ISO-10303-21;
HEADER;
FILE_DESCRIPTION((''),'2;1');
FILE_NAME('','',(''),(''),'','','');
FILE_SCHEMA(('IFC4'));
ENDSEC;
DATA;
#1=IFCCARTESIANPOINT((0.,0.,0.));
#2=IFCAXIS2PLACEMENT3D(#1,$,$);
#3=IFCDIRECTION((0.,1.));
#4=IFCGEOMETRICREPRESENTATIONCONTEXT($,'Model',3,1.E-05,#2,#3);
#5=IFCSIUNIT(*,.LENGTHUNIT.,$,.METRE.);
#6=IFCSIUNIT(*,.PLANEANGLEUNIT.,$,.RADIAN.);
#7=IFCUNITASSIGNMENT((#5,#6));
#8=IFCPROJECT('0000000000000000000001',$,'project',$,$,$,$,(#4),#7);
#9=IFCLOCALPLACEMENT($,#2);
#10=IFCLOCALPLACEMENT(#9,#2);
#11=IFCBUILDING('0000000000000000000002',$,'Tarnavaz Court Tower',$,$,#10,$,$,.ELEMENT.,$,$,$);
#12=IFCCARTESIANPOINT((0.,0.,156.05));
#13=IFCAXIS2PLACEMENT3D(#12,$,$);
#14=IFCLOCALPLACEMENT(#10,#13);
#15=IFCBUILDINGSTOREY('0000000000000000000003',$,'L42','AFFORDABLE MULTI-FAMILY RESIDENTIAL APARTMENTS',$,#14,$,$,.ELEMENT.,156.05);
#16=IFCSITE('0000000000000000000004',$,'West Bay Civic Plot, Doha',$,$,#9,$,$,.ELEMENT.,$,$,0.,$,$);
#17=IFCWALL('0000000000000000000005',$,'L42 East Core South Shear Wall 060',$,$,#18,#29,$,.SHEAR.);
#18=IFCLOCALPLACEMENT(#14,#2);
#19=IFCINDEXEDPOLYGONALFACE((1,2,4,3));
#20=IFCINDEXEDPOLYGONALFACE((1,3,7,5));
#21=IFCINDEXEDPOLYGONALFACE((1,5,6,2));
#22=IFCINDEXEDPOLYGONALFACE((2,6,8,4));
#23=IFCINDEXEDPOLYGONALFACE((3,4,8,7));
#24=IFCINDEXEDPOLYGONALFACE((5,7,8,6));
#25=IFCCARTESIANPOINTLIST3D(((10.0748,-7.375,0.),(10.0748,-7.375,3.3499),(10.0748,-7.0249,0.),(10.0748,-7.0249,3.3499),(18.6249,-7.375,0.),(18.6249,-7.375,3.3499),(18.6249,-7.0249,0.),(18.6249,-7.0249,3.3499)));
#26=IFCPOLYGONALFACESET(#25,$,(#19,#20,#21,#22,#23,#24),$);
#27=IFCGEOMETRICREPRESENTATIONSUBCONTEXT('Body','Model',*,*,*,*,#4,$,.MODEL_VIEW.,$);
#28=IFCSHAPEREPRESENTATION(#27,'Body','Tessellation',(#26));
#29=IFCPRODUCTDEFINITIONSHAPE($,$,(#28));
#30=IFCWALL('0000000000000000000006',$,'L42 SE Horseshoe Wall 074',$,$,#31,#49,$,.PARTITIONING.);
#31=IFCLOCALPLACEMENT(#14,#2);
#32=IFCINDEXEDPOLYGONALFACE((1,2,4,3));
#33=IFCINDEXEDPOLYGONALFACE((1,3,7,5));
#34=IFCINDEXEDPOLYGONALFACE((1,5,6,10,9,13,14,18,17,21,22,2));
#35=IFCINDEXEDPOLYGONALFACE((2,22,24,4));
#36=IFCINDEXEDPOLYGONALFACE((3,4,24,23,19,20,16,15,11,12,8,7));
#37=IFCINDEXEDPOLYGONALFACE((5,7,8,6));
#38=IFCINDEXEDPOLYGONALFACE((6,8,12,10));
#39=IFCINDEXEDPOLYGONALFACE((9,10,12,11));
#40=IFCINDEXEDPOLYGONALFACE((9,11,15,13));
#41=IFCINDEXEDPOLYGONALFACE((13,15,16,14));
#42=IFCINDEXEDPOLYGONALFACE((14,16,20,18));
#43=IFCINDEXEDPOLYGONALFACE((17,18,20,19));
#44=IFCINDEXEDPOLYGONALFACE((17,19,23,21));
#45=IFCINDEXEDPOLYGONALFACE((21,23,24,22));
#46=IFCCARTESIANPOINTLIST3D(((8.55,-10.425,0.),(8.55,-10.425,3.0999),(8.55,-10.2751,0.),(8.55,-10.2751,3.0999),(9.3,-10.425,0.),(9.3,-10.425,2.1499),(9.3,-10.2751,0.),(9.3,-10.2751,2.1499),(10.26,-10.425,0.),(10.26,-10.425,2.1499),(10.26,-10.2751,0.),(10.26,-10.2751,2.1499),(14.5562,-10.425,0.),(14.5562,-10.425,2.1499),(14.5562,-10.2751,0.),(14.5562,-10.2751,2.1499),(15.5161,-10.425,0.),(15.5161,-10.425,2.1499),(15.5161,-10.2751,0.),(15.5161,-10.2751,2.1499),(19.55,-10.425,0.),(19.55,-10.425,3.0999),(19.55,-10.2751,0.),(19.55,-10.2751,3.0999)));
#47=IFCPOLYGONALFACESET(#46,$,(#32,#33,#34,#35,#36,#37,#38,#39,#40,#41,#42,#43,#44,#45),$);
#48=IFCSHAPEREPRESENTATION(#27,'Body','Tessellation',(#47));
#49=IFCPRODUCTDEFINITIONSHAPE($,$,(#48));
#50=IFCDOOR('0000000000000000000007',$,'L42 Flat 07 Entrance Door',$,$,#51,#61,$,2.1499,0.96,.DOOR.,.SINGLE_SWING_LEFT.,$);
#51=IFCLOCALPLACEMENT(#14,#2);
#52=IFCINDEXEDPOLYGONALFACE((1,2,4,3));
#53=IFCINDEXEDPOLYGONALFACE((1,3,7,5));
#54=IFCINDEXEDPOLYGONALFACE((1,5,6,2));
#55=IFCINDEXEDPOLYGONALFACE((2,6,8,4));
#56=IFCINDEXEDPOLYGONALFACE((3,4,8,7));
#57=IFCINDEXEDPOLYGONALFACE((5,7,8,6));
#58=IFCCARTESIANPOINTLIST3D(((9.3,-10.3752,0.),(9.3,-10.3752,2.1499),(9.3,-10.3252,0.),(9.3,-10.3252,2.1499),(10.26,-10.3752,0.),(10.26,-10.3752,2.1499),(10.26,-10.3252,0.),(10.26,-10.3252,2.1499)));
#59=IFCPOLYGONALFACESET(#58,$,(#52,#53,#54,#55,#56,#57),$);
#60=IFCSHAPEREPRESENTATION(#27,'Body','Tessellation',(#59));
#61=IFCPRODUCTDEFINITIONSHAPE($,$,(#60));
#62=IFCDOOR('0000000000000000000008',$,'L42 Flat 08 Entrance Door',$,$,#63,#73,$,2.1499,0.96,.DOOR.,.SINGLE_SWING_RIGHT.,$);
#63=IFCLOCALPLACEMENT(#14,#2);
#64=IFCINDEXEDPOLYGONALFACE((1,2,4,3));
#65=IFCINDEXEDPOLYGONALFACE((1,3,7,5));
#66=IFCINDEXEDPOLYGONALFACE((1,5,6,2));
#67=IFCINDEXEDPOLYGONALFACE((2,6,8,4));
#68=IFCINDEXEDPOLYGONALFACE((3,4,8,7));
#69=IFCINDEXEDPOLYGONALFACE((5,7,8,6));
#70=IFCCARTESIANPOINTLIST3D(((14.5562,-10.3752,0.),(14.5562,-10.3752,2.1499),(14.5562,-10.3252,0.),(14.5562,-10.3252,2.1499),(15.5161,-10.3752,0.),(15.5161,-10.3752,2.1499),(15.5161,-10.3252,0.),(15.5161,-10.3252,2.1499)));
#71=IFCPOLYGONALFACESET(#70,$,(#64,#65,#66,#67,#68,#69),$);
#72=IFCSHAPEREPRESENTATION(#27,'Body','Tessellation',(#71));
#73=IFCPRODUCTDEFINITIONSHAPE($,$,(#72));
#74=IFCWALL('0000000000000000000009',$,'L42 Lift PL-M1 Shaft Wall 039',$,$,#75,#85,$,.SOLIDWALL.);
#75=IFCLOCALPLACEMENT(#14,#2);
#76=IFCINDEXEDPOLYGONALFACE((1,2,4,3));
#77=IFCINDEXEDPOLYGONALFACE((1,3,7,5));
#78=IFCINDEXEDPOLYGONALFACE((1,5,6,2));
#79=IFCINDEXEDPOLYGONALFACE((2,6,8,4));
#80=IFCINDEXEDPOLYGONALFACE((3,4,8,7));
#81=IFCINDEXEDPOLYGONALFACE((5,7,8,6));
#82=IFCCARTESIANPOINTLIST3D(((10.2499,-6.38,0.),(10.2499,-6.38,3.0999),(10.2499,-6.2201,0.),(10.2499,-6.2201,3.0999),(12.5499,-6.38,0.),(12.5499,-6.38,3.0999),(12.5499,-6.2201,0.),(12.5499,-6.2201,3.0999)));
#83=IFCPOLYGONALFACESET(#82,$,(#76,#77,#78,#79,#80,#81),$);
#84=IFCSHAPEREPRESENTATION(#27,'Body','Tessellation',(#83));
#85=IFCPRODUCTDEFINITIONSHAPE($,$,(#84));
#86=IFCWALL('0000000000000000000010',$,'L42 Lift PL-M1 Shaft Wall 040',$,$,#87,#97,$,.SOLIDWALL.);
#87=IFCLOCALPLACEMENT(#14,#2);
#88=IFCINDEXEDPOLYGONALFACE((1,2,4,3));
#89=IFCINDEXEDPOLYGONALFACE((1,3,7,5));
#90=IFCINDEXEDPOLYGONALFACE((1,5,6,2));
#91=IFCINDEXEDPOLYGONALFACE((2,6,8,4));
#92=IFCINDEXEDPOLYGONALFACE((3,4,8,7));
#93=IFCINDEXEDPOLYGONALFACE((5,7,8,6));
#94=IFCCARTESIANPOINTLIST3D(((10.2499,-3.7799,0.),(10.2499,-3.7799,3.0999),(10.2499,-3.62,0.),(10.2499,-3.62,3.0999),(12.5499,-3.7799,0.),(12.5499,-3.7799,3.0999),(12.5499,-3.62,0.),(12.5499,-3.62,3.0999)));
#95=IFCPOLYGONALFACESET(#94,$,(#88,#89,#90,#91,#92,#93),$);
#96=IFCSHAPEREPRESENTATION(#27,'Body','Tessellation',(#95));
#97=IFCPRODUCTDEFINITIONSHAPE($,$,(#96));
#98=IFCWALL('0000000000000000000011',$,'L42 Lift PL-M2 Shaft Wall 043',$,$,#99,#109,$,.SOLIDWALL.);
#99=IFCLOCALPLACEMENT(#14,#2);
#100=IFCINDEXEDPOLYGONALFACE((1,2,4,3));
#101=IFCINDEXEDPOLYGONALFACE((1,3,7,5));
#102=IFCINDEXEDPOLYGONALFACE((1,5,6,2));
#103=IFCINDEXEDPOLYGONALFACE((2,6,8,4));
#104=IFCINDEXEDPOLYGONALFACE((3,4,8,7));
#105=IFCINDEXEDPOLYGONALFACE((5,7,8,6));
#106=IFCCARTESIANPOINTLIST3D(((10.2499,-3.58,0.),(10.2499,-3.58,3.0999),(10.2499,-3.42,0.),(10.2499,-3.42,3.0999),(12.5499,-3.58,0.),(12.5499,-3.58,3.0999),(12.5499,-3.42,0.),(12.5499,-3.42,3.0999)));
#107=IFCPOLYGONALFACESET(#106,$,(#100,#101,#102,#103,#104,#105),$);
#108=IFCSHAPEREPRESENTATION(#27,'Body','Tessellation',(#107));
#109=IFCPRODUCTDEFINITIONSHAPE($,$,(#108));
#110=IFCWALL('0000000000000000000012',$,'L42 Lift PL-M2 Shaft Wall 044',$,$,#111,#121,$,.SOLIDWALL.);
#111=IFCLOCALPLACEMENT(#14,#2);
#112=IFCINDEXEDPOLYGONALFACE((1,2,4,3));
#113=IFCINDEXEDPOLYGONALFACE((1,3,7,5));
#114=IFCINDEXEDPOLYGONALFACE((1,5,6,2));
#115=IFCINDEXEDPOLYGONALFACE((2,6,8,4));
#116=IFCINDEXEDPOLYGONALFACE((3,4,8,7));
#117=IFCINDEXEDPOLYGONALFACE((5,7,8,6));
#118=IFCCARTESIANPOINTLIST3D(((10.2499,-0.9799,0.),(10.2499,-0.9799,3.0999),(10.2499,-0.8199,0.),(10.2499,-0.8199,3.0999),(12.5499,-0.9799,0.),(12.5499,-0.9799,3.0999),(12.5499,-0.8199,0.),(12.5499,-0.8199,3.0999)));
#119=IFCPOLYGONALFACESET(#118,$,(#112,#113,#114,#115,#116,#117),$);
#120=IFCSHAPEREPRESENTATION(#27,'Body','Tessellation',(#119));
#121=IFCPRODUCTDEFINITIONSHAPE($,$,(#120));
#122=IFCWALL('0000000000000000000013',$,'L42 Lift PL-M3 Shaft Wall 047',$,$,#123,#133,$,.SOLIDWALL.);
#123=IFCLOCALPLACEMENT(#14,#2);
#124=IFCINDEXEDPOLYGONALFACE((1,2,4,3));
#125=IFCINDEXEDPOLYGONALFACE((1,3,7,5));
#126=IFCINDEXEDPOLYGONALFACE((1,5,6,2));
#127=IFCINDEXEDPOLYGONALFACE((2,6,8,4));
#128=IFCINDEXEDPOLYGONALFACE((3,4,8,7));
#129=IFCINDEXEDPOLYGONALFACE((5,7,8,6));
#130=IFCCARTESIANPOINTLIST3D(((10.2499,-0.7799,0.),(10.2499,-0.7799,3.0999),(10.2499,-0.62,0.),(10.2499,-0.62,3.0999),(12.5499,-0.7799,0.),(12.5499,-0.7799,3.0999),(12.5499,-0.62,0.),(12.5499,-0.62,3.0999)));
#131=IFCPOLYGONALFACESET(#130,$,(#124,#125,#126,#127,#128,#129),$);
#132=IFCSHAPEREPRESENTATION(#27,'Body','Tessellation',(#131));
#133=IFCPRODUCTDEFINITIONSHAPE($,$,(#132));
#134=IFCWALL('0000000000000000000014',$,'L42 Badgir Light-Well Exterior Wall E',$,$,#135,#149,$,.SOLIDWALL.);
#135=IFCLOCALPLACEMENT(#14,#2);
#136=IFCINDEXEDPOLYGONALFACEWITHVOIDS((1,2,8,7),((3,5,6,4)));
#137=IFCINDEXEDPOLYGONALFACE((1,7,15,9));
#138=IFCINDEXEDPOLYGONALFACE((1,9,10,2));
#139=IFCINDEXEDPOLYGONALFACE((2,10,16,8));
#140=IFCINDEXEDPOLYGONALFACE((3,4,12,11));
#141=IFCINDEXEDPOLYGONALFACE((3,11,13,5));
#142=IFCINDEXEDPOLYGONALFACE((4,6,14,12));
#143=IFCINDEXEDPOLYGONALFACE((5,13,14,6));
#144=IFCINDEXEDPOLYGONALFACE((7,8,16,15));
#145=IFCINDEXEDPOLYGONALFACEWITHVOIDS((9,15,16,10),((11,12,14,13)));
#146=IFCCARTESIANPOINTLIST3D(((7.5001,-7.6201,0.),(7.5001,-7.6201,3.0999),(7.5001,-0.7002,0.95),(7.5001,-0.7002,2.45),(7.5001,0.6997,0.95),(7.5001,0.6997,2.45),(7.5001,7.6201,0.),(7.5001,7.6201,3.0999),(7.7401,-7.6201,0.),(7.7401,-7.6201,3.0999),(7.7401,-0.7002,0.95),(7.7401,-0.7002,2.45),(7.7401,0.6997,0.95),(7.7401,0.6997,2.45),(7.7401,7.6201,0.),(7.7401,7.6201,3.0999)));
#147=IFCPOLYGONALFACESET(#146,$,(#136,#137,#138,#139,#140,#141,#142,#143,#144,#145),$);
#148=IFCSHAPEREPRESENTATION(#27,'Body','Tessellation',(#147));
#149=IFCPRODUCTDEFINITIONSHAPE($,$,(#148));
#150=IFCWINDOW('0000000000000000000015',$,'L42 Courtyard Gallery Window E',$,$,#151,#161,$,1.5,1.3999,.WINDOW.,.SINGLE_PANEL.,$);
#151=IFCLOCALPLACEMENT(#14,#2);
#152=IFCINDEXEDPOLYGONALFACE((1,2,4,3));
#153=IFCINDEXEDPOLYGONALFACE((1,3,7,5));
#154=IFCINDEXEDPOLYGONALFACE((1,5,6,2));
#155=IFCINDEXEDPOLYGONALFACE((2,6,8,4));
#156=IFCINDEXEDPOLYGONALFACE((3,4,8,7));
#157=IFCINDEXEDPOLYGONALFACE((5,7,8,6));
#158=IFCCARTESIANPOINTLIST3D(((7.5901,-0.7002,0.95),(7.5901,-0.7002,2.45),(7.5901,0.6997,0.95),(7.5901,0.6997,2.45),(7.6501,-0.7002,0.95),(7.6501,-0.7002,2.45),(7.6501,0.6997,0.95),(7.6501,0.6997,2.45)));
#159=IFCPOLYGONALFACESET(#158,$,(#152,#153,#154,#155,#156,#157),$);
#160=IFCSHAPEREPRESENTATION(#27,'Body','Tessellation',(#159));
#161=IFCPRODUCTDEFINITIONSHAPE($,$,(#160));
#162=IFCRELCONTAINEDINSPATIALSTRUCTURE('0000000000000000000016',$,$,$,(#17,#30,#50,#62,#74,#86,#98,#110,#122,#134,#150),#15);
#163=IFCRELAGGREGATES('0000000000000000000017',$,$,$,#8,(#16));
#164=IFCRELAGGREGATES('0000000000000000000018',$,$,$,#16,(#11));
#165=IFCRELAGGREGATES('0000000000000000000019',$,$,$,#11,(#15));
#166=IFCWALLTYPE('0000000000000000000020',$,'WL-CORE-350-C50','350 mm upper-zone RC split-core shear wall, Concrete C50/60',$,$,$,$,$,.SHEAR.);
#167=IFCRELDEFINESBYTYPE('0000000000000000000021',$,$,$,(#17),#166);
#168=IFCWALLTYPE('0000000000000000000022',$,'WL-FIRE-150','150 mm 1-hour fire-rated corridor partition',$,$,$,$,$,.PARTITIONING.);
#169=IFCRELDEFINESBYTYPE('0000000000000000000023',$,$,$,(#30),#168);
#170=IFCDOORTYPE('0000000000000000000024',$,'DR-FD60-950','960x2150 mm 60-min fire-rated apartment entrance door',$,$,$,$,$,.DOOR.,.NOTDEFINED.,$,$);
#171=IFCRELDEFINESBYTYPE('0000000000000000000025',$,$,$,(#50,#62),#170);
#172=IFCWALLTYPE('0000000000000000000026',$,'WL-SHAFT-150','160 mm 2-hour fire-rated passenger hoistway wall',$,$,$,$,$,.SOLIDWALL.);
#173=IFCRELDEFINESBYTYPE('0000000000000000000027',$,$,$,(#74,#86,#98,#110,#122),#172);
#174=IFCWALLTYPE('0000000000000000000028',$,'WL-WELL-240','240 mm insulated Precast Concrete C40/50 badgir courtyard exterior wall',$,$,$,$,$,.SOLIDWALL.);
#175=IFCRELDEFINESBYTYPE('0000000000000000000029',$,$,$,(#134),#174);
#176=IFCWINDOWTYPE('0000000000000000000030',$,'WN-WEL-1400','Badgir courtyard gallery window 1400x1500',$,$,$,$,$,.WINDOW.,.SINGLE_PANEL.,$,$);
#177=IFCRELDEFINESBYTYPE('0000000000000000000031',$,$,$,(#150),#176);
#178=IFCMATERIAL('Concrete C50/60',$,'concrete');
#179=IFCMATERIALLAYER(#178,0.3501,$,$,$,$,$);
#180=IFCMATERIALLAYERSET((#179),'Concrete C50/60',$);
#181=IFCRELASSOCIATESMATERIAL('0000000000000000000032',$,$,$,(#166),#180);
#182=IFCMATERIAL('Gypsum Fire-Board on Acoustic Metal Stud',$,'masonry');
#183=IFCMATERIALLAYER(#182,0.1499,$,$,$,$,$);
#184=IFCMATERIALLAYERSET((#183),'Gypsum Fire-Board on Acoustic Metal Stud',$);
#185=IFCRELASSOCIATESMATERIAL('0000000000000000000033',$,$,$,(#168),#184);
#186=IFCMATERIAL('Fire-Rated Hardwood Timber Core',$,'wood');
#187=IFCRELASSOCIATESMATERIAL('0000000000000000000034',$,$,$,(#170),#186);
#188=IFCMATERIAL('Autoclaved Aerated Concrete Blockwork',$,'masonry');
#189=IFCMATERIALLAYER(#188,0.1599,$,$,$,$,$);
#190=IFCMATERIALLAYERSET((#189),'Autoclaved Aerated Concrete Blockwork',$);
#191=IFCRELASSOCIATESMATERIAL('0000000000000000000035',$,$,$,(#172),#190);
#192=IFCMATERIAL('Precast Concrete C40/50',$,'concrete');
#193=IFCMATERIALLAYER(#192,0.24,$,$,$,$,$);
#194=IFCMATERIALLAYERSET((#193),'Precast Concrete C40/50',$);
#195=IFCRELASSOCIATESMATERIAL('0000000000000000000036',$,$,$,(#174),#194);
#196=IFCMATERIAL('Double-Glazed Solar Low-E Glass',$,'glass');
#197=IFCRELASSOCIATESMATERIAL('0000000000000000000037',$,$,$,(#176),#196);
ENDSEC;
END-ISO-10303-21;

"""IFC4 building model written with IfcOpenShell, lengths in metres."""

from ifc_helpers import new_model, si_unit, direction, frame, frame_2d, origin, place, context, subcontext, project, spatial, rectangle, extrude, material, layer, layer_set, type_object, element, fill, save


model = new_model("IFC4")

# Units and contexts
model_context = context("Model", 3, precision=1e-05, world=origin(), true_north=direction((0.0, 1.0)))
body_context = subcontext(model_context, "Body", "Model", "MODEL_VIEW")
ifc_project = project(units=[si_unit("LENGTHUNIT", "METRE"), si_unit("PLANEANGLEUNIT", "RADIAN")], contexts=[model_context])

# Site, building, storey
site_placement = place(None, origin())
site = spatial("IfcSite", under=ifc_project, at=site_placement, Name="West Bay Civic Plot, Doha", CompositionType="ELEMENT", RefElevation=0.0)
building_placement = place(site_placement, origin())
building = spatial("IfcBuilding", under=site, at=building_placement, Name="Tarnavaz Court Tower", CompositionType="ELEMENT")
storey_placement = place(building_placement, frame((0.0, 0.0, 156.05)))
storey = spatial("IfcBuildingStorey", under=building, at=storey_placement, Name="L42", Description="AFFORDABLE MULTI-FAMILY RESIDENTIAL APARTMENTS", CompositionType="ELEMENT", Elevation=156.05)

# Wall
ifc_material_1 = material(Name="Concrete C50/60", Category="concrete")
ifc_layer_1 = layer(ifc_material_1, 0.3501)
ifc_layer_set_1 = layer_set([ifc_layer_1], Name="Concrete C50/60")
wall_type_1 = type_object("IfcWallType", Name="WL-CORE-350-C50", Description="350 mm upper-zone RC split-core shear wall, Concrete C50/60", PredefinedType="SHEAR", material=ifc_layer_set_1)
wall_1_placement = place(storey_placement, frame((10.075, -7.2, 0.0), z_axis=(0.0, 0.0, 1.0), x_axis=(1.0, 0.0, 0.0)))
element("IfcWall", 1, at=wall_1_placement, inside=storey, type_object=wall_type_1, Name="L42 East Core South Shear Wall 060", PredefinedType="SHEAR", context=body_context, shape_type="SweptSolid", body=[
    extrude(rectangle(XDim=8.55, YDim=0.3501, at=frame_2d((4.2749, 0.0))), origin(), (0.0, 0.0, 1.0), 3.3499),
])

# Wall, openings, doors
ifc_material_2 = material(Name="Gypsum Fire-Board on Acoustic Metal Stud", Category="masonry")
ifc_layer_2 = layer(ifc_material_2, 0.1499)
ifc_layer_set_2 = layer_set([ifc_layer_2], Name="Gypsum Fire-Board on Acoustic Metal Stud")
wall_type_2 = type_object("IfcWallType", Name="WL-FIRE-150", Description="150 mm 1-hour fire-rated corridor partition", PredefinedType="PARTITIONING", material=ifc_layer_set_2)
wall_2_placement = place(storey_placement, frame((8.55, -10.3501, 0.0), z_axis=(0.0, 0.0, 1.0), x_axis=(1.0, 0.0, 0.0)))
wall_2 = element("IfcWall", 2, at=wall_2_placement, inside=storey, type_object=wall_type_2, Name="L42 SE Horseshoe Wall 074", PredefinedType="PARTITIONING", context=body_context, shape_type="SweptSolid", body=[
    extrude(rectangle(XDim=11.0, YDim=0.1499, at=frame_2d((5.5, 0.0))), origin(), (0.0, 0.0, 1.0), 3.0999),
])
opening_1_placement = place(wall_2_placement, frame((0.75, 0.0, 0.0)))
opening_1 = element("IfcOpeningElement", 3, at=opening_1_placement, cuts=wall_2, PredefinedType="OPENING", context=body_context, shape_type="SweptSolid", body=[
    extrude(rectangle(XDim=0.96, YDim=2.1499, at=frame_2d((0.48, 1.075))), frame((0.0, 0.085, 0.0), z_axis=(0.0, -1.0, 0.0), x_axis=(1.0, 0.0, 0.0)), (0.0, 0.0, 1.0), 0.1699),
])
opening_2_placement = place(wall_2_placement, frame((6.0061, 0.0, 0.0)))
opening_2 = element("IfcOpeningElement", 4, at=opening_2_placement, cuts=wall_2, PredefinedType="OPENING", context=body_context, shape_type="SweptSolid", body=[
    extrude(rectangle(XDim=0.96, YDim=2.1499, at=frame_2d((0.48, 1.075))), frame((0.0, 0.085, 0.0), z_axis=(0.0, -1.0, 0.0), x_axis=(1.0, 0.0, 0.0)), (0.0, 0.0, 1.0), 0.1699),
])
ifc_material_3 = material(Name="Fire-Rated Hardwood Timber Core", Category="wood")
door_type_1 = type_object("IfcDoorType", Name="DR-FD60-950", Description="960x2150 mm 60-min fire-rated apartment entrance door", OperationType="NOTDEFINED", PredefinedType="DOOR", material=ifc_material_3)
door_1_placement = place(opening_1_placement, origin())
door_1 = element("IfcDoor", 5, at=door_1_placement, inside=storey, type_object=door_type_1, Name="L42 Flat 07 Entrance Door", OperationType="SINGLE_SWING_LEFT", OverallHeight=2.1499, OverallWidth=0.96, PredefinedType="DOOR", context=body_context, shape_type="SweptSolid", body=[
    extrude(rectangle(XDim=0.96, YDim=2.1499, at=frame_2d((0.48, 1.075))), frame((0.0, 0.0249, 0.0), z_axis=(0.0, -1.0, 0.0), x_axis=(1.0, 0.0, 0.0)), (0.0, 0.0, 1.0), 0.05),
])
fill(opening_1, door_1)
door_2_placement = place(opening_2_placement, origin())
door_2 = element("IfcDoor", 6, at=door_2_placement, inside=storey, type_object=door_type_1, Name="L42 Flat 08 Entrance Door", OperationType="SINGLE_SWING_RIGHT", OverallHeight=2.1499, OverallWidth=0.96, PredefinedType="DOOR", context=body_context, shape_type="SweptSolid", body=[
    extrude(rectangle(XDim=0.96, YDim=2.1499, at=frame_2d((0.48, 1.075))), frame((0.0, 0.0249, 0.0), z_axis=(0.0, -1.0, 0.0), x_axis=(1.0, 0.0, 0.0)), (0.0, 0.0, 1.0), 0.05),
])
fill(opening_2, door_2)

# Shared definitions
ifc_material_4 = material(Name="Autoclaved Aerated Concrete Blockwork", Category="masonry")
ifc_layer_3 = layer(ifc_material_4, 0.1599)
ifc_layer_set_3 = layer_set([ifc_layer_3], Name="Autoclaved Aerated Concrete Blockwork")
wall_type_3 = type_object("IfcWallType", Name="WL-SHAFT-150", Description="160 mm 2-hour fire-rated passenger hoistway wall", PredefinedType="SOLIDWALL", material=ifc_layer_set_3)

# Walls
for number, where, z_axis, x_axis, name in (
    (7, (10.25, -6.3, 0.0), (0.0, 0.0, 1.0), (1.0, 0.0, 0.0), "L42 Lift PL-M1 Shaft Wall 039"),
    (8, (10.25, -3.7, 0.0), (0.0, 0.0, 1.0), (1.0, 0.0, 0.0), "L42 Lift PL-M1 Shaft Wall 040"),
):
    element("IfcWall", number, at=place(storey_placement, frame(where, z_axis=z_axis, x_axis=x_axis)), inside=storey, type_object=wall_type_3, Name=name, PredefinedType="SOLIDWALL", context=body_context, shape_type="SweptSolid", body=[
        extrude(rectangle(XDim=2.3, YDim=0.1599, at=frame_2d((1.1499, 0.0))), origin(), (0.0, 0.0, 1.0), 3.0999),
    ])

# Walls
for number, where, z_axis, x_axis, name in (
    (9, (10.25, -3.5, 0.0), (0.0, 0.0, 1.0), (1.0, 0.0, 0.0), "L42 Lift PL-M2 Shaft Wall 043"),
    (10, (10.25, -0.8999, 0.0), (0.0, 0.0, 1.0), (1.0, 0.0, 0.0), "L42 Lift PL-M2 Shaft Wall 044"),
):
    element("IfcWall", number, at=place(storey_placement, frame(where, z_axis=z_axis, x_axis=x_axis)), inside=storey, type_object=wall_type_3, Name=name, PredefinedType="SOLIDWALL", context=body_context, shape_type="SweptSolid", body=[
        extrude(rectangle(XDim=2.3, YDim=0.1599, at=frame_2d((1.1499, 0.0))), origin(), (0.0, 0.0, 1.0), 3.0999),
    ])

# Wall
wall_3_placement = place(storey_placement, frame((10.25, -0.7, 0.0), z_axis=(0.0, 0.0, 1.0), x_axis=(1.0, 0.0, 0.0)))
element("IfcWall", 11, at=wall_3_placement, inside=storey, type_object=wall_type_3, Name="L42 Lift PL-M3 Shaft Wall 047", PredefinedType="SOLIDWALL", context=body_context, shape_type="SweptSolid", body=[
    extrude(rectangle(XDim=2.3, YDim=0.1599, at=frame_2d((1.1499, 0.0))), origin(), (0.0, 0.0, 1.0), 3.0999),
])

# Wall, opening, window
ifc_material_5 = material(Name="Precast Concrete C40/50", Category="concrete")
ifc_layer_4 = layer(ifc_material_5, 0.24)
ifc_layer_set_4 = layer_set([ifc_layer_4], Name="Precast Concrete C40/50")
wall_type_4 = type_object("IfcWallType", Name="WL-WELL-240", Description="240 mm insulated Precast Concrete C40/50 badgir courtyard exterior wall", PredefinedType="SOLIDWALL", material=ifc_layer_set_4)
wall_4_placement = place(storey_placement, frame((7.6201, -7.6201, 0.0), z_axis=(0.0, 0.0, 1.0), x_axis=(0.0, 1.0, 0.0)))
wall_4 = element("IfcWall", 12, at=wall_4_placement, inside=storey, type_object=wall_type_4, Name="L42 Badgir Light-Well Exterior Wall E", PredefinedType="SOLIDWALL", context=body_context, shape_type="SweptSolid", body=[
    extrude(rectangle(XDim=15.2402, YDim=0.24, at=frame_2d((7.6201, 0.0))), origin(), (0.0, 0.0, 1.0), 3.0999),
])
opening_3_placement = place(wall_4_placement, frame((6.9199, 0.0, 0.95)))
opening_3 = element("IfcOpeningElement", 13, at=opening_3_placement, cuts=wall_4, PredefinedType="OPENING", context=body_context, shape_type="SweptSolid", body=[
    extrude(rectangle(XDim=1.3999, YDim=1.5, at=frame_2d((0.7, 0.75))), frame((0.0, 0.1299, 0.0), z_axis=(0.0, -1.0, 0.0), x_axis=(1.0, 0.0, 0.0)), (0.0, 0.0, 1.0), 0.26),
])
ifc_material_6 = material(Name="Double-Glazed Solar Low-E Glass", Category="glass")
window_type = type_object("IfcWindowType", Name="WN-WEL-1400", Description="Badgir courtyard gallery window 1400x1500", PartitioningType="SINGLE_PANEL", PredefinedType="WINDOW", material=ifc_material_6)
window_placement = place(opening_3_placement, origin())
window = element("IfcWindow", 14, at=window_placement, inside=storey, type_object=window_type, Name="L42 Courtyard Gallery Window E", OverallHeight=1.5, OverallWidth=1.3999, PartitioningType="SINGLE_PANEL", PredefinedType="WINDOW", context=body_context, shape_type="SweptSolid", body=[
    extrude(rectangle(XDim=1.3999, YDim=1.5, at=frame_2d((0.7, 0.75))), frame((0.0, 0.03, 0.0), z_axis=(0.0, -1.0, 0.0), x_axis=(1.0, 0.0, 0.0)), (0.0, 0.0, 1.0), 0.0601),
])
fill(opening_3, window)

save(model, "model.ifc")
